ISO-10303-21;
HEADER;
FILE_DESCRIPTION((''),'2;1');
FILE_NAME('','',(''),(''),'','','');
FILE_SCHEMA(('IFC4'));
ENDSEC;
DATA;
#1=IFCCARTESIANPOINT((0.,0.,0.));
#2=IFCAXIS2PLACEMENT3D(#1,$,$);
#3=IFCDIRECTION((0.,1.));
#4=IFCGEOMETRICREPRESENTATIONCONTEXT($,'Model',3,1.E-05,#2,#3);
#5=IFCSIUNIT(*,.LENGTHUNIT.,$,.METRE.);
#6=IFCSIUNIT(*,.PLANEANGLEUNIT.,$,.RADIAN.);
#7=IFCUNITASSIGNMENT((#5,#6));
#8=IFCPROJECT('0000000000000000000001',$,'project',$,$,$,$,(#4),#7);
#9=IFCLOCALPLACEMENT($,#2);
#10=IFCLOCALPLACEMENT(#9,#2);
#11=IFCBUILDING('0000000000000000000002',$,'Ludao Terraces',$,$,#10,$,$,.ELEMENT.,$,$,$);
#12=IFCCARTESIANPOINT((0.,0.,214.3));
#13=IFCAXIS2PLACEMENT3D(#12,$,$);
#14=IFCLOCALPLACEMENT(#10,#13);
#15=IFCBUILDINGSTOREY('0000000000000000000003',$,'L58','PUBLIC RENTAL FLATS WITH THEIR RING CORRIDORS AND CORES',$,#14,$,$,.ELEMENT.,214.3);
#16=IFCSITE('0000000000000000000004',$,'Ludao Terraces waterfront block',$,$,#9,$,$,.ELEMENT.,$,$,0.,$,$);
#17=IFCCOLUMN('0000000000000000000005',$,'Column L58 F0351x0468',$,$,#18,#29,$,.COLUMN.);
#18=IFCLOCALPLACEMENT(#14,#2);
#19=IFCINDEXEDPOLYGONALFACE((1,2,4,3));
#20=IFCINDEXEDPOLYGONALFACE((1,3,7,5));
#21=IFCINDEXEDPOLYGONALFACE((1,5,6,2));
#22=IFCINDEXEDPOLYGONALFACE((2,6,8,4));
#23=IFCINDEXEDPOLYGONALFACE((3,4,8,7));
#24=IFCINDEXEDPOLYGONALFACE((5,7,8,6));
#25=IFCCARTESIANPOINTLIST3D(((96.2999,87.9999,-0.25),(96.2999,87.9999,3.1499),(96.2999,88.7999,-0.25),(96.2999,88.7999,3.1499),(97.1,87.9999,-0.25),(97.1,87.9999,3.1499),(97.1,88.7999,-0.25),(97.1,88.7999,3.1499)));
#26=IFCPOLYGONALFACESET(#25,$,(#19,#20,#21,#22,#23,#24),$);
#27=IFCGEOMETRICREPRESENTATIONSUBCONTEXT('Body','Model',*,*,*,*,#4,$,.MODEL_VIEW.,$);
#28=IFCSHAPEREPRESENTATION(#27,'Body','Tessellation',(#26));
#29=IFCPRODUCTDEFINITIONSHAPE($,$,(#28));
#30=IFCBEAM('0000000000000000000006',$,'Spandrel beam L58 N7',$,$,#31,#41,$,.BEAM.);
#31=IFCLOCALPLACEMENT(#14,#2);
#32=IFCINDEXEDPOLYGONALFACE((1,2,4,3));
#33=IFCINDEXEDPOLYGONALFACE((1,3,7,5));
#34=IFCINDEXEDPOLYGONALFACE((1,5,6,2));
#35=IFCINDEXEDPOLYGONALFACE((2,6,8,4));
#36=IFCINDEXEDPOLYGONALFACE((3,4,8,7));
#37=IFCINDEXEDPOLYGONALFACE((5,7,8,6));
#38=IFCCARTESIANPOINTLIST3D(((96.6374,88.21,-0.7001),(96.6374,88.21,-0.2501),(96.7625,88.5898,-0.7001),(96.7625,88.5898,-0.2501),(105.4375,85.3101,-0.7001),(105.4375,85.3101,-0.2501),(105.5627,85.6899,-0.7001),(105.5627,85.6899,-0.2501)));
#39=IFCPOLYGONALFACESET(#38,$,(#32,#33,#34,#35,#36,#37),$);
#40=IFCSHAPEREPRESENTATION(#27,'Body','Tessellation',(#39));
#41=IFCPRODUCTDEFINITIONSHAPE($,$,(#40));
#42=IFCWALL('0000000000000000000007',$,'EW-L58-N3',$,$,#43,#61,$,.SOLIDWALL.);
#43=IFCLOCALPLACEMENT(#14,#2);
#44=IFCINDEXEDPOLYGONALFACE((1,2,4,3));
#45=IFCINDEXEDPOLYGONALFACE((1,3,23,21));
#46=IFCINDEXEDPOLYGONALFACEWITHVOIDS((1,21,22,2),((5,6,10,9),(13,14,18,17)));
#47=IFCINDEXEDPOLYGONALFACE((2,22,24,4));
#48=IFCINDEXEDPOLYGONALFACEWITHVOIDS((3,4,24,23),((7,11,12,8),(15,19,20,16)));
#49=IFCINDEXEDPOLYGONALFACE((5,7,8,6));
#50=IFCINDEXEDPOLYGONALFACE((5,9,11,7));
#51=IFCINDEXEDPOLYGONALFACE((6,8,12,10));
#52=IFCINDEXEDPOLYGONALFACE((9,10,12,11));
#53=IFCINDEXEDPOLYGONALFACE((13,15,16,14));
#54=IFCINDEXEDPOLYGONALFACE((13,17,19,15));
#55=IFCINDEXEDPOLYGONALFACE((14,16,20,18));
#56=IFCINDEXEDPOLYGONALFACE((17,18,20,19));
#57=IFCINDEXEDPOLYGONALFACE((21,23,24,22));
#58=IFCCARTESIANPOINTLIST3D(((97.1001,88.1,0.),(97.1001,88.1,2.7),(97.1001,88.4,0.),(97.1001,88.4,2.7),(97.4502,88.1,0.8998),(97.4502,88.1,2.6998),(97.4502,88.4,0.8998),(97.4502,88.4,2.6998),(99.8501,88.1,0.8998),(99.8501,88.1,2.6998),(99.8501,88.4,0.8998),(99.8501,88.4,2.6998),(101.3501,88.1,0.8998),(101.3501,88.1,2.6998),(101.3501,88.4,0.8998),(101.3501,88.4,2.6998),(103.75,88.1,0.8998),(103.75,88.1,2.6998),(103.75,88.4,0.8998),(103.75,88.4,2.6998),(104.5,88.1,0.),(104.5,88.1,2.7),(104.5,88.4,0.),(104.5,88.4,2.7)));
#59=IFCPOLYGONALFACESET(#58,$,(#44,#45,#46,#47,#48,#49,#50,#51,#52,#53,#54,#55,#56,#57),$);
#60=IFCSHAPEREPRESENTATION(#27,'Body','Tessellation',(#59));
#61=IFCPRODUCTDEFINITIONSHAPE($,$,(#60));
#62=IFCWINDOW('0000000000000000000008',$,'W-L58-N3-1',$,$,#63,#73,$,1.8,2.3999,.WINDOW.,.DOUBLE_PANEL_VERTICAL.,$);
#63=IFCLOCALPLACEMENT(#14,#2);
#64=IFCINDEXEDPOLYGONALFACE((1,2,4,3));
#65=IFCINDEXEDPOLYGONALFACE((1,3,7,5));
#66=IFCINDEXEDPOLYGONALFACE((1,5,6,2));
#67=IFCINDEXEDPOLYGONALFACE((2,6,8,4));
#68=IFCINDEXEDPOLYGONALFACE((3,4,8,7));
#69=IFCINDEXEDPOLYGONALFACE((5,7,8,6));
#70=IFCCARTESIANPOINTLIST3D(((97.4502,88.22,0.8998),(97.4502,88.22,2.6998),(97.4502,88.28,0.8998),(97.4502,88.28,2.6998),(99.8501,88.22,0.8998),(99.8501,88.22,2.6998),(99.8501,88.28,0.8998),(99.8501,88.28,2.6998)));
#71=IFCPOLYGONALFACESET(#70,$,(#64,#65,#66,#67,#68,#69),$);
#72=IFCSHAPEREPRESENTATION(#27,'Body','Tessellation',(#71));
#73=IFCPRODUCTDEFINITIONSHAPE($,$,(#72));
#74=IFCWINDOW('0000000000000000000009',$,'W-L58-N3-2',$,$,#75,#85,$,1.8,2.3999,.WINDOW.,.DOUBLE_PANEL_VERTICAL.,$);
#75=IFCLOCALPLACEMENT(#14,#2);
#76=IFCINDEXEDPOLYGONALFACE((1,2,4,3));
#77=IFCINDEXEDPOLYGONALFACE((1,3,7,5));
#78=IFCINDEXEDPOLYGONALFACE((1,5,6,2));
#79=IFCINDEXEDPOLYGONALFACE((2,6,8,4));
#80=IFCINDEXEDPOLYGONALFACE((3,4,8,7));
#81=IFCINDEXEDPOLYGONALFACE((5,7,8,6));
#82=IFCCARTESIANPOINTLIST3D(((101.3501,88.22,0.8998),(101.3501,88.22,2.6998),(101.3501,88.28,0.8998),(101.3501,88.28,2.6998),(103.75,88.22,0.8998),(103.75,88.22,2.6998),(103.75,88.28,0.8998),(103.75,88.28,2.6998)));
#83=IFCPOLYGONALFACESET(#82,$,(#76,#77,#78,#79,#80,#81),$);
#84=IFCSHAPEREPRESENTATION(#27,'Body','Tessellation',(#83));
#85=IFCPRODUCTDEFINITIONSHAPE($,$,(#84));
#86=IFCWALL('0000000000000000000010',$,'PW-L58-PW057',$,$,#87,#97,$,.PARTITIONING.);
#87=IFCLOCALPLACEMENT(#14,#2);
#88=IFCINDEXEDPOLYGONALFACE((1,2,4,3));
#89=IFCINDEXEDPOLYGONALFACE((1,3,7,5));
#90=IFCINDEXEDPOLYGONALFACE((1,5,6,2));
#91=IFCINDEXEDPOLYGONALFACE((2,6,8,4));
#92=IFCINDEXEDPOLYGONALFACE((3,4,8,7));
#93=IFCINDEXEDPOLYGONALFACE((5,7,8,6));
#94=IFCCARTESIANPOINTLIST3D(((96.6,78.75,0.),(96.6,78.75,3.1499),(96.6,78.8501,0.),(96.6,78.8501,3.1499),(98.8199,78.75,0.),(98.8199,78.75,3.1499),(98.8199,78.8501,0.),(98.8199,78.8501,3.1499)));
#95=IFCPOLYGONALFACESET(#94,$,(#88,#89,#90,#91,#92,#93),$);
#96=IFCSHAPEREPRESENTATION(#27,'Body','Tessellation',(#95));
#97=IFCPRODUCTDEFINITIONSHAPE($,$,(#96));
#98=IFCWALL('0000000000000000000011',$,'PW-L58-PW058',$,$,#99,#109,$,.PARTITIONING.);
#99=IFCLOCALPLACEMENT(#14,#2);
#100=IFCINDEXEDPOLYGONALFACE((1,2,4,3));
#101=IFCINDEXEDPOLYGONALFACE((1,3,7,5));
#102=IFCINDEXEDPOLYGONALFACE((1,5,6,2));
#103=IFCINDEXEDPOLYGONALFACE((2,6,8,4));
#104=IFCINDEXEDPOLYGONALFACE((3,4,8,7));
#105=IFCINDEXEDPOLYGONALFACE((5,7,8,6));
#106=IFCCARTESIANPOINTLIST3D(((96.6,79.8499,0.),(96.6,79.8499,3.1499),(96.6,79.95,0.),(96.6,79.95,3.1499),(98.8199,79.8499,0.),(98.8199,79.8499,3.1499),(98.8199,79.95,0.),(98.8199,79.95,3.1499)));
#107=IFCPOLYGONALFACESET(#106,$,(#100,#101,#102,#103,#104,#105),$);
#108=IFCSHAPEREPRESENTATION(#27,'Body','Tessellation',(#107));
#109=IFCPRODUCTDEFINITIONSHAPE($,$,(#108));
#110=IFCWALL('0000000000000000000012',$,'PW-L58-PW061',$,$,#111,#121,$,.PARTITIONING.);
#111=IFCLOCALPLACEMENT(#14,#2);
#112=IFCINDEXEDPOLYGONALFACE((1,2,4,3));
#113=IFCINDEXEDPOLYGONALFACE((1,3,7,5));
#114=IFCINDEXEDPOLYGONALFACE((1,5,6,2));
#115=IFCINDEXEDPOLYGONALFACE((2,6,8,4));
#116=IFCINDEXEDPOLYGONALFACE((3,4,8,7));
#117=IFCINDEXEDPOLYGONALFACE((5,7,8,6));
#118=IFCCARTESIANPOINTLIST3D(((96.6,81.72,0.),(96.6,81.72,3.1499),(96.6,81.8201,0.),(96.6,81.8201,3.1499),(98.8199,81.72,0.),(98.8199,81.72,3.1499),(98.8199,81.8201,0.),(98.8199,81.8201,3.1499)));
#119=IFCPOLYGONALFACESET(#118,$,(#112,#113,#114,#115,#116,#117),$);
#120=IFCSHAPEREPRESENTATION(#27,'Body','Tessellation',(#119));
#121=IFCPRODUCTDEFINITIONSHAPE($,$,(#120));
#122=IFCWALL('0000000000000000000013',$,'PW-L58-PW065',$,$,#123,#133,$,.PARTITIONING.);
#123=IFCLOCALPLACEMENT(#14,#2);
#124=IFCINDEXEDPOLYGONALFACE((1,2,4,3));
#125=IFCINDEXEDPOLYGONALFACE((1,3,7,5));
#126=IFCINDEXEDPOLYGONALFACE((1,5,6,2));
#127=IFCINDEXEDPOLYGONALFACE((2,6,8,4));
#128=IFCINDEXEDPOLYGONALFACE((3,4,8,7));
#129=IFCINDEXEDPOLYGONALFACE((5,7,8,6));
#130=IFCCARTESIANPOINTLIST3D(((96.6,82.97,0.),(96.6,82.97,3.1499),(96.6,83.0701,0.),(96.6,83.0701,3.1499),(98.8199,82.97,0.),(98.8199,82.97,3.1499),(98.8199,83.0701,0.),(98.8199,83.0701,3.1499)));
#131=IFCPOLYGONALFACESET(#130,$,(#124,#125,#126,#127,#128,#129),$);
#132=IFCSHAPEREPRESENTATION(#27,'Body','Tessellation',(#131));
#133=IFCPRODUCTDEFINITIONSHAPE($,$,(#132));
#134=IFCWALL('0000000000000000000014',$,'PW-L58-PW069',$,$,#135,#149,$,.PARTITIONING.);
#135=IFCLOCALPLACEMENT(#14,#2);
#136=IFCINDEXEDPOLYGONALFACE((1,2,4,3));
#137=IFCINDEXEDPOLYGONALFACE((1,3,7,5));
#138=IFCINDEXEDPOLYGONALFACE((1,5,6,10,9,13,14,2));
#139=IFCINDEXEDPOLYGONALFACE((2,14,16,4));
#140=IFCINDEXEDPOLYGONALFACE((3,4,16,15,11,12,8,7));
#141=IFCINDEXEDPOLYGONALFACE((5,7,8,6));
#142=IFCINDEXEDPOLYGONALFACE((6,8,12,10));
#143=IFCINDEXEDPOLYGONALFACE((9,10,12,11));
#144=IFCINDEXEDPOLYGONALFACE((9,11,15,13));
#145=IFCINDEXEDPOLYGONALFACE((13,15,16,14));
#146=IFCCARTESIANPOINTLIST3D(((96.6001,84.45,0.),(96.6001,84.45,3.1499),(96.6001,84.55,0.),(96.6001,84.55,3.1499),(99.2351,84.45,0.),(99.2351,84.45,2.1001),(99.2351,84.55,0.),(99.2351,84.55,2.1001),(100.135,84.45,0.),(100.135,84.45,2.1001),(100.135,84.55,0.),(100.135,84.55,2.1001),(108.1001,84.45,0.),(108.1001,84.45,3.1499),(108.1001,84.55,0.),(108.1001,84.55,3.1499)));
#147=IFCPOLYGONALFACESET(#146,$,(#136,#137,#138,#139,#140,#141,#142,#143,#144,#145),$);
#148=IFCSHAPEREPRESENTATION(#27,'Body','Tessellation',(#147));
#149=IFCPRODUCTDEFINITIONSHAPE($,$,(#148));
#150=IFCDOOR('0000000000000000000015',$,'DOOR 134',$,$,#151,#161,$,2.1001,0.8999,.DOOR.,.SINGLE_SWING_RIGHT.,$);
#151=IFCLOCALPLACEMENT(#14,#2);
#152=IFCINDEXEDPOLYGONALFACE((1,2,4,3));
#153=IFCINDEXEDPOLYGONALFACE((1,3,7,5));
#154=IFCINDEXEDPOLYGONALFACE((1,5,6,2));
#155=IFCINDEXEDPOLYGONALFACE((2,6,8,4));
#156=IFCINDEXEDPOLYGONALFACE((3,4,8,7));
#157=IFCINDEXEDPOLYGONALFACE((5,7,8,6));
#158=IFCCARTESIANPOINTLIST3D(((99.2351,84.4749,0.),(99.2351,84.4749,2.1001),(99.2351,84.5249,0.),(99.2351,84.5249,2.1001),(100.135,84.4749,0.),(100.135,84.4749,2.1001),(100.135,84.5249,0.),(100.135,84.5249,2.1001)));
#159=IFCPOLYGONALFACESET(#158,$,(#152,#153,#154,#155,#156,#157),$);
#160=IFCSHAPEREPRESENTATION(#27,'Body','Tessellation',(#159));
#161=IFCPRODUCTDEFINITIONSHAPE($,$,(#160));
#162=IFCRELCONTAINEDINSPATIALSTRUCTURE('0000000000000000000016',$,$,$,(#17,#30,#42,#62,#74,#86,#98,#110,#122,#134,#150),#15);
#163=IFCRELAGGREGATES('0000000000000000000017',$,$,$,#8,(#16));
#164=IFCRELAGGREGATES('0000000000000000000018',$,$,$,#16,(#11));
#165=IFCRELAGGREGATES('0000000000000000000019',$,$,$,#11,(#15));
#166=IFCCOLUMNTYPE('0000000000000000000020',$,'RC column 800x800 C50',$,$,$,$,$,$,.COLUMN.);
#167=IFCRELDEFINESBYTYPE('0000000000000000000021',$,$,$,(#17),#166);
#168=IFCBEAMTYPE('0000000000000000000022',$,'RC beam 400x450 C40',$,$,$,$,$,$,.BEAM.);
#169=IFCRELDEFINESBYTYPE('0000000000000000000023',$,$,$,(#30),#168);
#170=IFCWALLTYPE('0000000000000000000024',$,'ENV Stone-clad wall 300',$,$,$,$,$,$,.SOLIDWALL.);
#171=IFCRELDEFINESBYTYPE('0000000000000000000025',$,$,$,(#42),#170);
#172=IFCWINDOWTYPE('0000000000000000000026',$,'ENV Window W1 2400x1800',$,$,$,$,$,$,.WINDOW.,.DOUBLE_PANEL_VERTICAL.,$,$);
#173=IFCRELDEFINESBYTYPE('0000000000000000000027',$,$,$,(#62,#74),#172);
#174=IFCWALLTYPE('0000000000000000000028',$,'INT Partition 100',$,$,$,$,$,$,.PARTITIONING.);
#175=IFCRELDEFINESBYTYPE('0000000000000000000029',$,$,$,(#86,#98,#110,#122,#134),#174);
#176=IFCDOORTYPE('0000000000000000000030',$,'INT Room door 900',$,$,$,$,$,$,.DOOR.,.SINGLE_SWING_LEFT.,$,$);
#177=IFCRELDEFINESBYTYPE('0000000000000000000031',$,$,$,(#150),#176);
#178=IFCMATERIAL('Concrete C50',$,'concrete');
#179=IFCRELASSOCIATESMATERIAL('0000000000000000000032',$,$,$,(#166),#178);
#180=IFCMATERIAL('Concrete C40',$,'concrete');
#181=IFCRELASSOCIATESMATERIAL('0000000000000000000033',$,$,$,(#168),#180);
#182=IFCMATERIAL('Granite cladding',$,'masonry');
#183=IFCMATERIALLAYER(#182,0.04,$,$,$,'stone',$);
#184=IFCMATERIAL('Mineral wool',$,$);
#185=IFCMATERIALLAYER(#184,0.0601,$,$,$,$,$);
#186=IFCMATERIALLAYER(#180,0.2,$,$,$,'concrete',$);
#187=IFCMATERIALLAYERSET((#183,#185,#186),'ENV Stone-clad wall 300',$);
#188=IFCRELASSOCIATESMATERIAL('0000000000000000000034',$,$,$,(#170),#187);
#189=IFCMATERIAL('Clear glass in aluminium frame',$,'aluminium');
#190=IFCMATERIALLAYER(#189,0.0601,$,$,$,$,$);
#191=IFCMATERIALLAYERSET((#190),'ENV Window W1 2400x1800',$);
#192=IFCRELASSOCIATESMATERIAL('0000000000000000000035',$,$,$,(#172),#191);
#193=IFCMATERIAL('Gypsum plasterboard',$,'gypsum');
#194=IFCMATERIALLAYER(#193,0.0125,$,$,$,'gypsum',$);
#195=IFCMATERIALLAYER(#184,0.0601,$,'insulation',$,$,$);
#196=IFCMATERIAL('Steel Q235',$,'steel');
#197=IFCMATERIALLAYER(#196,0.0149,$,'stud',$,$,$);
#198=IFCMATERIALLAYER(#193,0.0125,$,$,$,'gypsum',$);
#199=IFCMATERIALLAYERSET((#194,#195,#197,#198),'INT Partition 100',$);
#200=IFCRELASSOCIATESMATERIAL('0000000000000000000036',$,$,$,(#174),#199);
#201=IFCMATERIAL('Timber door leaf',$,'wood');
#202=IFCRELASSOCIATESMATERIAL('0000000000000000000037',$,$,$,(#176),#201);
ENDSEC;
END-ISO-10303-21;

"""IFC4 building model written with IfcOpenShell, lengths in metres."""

from ifc_helpers import new_model, si_unit, direction, frame, frame_2d, origin, origin_2d, place, context, subcontext, project, spatial, rectangle, extrude, material, layer, layer_set, material_profile, profile_set, type_object, element, fill, save


model = new_model("IFC4")

# Units and contexts
model_context = context("Model", 3, precision=1e-05, world=origin(), true_north=direction((0.0, 1.0)))
body_context = subcontext(model_context, "Body", "Model", "MODEL_VIEW")
ifc_project = project(units=[si_unit("LENGTHUNIT", "METRE"), si_unit("PLANEANGLEUNIT", "RADIAN")], contexts=[model_context])

# Site, building, storey
site_placement = place(None, origin())
site = spatial("IfcSite", under=ifc_project, at=site_placement, Name="Ludao Terraces waterfront block", CompositionType="ELEMENT", RefElevation=0.0)
building_placement = place(site_placement, origin())
building = spatial("IfcBuilding", under=site, at=building_placement, Name="Ludao Terraces", CompositionType="ELEMENT")
storey_placement = place(building_placement, frame((0.0, 0.0, 214.3)))
storey = spatial("IfcBuildingStorey", under=building, at=storey_placement, Name="L58", Description="PUBLIC RENTAL FLATS WITH THEIR RING CORRIDORS AND CORES", CompositionType="ELEMENT", Elevation=214.3)

# Column
ifc_material_1 = material(Name="Concrete C50", Category="concrete")
ifc_material_profile_1 = material_profile(ifc_material_1, rectangle(XDim=0.8, YDim=0.8, at=origin_2d()), Name="800 X 800")
ifc_profile_set_1 = profile_set([ifc_material_profile_1], Name="Concrete C50")
column_type = type_object("IfcColumnType", Name="RC column 800x800 C50", PredefinedType="COLUMN", material=ifc_profile_set_1)
column_placement = place(storey_placement, frame((96.7, 88.3999, -0.25), z_axis=(0.0, 0.0, 1.0), x_axis=(1.0, 0.0, 0.0)))
element("IfcColumn", 1, at=column_placement, inside=storey, type_object=column_type, Name="Column L58 F0351x0468", PredefinedType="COLUMN", context=body_context, shape_type="SweptSolid", body=[
    extrude(rectangle(XDim=0.8, YDim=0.8, at=origin_2d()), origin(), (0.0, 0.0, 1.0), 3.3999),
])

# Beam
ifc_material_2 = material(Name="Concrete C40", Category="concrete")
ifc_material_profile_2 = material_profile(ifc_material_2, rectangle(XDim=0.3999, YDim=0.45, at=origin_2d()), Name="400 X 450")
ifc_profile_set_2 = profile_set([ifc_material_profile_2], Name="Concrete C40")
beam_type = type_object("IfcBeamType", Name="RC beam 400x450 C40", PredefinedType="BEAM", material=ifc_profile_set_2)
beam_placement = place(storey_placement, frame((96.7, 88.3999, -0.4751), z_axis=(0.949761, -0.312977, 0.0), x_axis=(0.312977, 0.949761, 0.0)))
element("IfcBeam", 2, at=beam_placement, inside=storey, type_object=beam_type, Name="Spandrel beam L58 N7", PredefinedType="BEAM", context=body_context, shape_type="SweptSolid", body=[
    extrude(rectangle(XDim=0.3999, YDim=0.45, at=origin_2d()), origin(), (0.0, 0.0, 1.0), 9.2656),
])

# Wall, openings, windows
ifc_material_3 = material(Name="Granite cladding", Category="masonry")
ifc_layer_1 = layer(ifc_material_3, 0.04, Category="stone")
ifc_material_4 = material(Name="Mineral wool")
ifc_layer_2 = layer(ifc_material_4, 0.0601)
ifc_layer_3 = layer(ifc_material_2, 0.2, Category="concrete")
ifc_layer_set_1 = layer_set([ifc_layer_1, ifc_layer_2, ifc_layer_3], Name="ENV Stone-clad wall 300")
wall_type_1 = type_object("IfcWallType", Name="ENV Stone-clad wall 300", PredefinedType="SOLIDWALL", material=ifc_layer_set_1)
wall_1_placement = place(storey_placement, frame((97.1001, 88.25, 0.0), z_axis=(0.0, 0.0, 1.0), x_axis=(1.0, 0.0, 0.0)))
wall_1 = element("IfcWall", 3, at=wall_1_placement, inside=storey, type_object=wall_type_1, Name="EW-L58-N3", PredefinedType="SOLIDWALL", context=body_context, shape_type="SweptSolid", body=[
    extrude(rectangle(XDim=7.3999, YDim=0.3, at=frame_2d((3.7, 0.0))), origin(), (0.0, 0.0, 1.0), 2.7),
])
opening_1_placement = place(wall_1_placement, frame((0.3501, 0.0, 0.8999)))
opening_1 = element("IfcOpeningElement", 4, at=opening_1_placement, cuts=wall_1, PredefinedType="OPENING", context=body_context, shape_type="SweptSolid", body=[
    extrude(rectangle(XDim=2.3999, YDim=1.8, at=frame_2d((1.2, 0.8999))), frame((0.0, 0.1602, 0.0), z_axis=(0.0, -1.0, 0.0), x_axis=(1.0, 0.0, 0.0)), (0.0, 0.0, 1.0), 0.3201),
])
opening_2_placement = place(wall_1_placement, frame((4.25, 0.0, 0.8999)))
opening_2 = element("IfcOpeningElement", 5, at=opening_2_placement, cuts=wall_1, PredefinedType="OPENING", context=body_context, shape_type="SweptSolid", body=[
    extrude(rectangle(XDim=2.3999, YDim=1.8, at=frame_2d((1.2, 0.8999))), frame((0.0, 0.1602, 0.0), z_axis=(0.0, -1.0, 0.0), x_axis=(1.0, 0.0, 0.0)), (0.0, 0.0, 1.0), 0.3201),
])
ifc_material_5 = material(Name="Clear glass in aluminium frame", Category="aluminium")
ifc_layer_4 = layer(ifc_material_5, 0.0601)
ifc_layer_set_2 = layer_set([ifc_layer_4], Name="ENV Window W1 2400x1800")
window_type = type_object("IfcWindowType", Name="ENV Window W1 2400x1800", PartitioningType="DOUBLE_PANEL_VERTICAL", PredefinedType="WINDOW", material=ifc_layer_set_2)
window_1_placement = place(opening_1_placement, origin())
window_1 = element("IfcWindow", 6, at=window_1_placement, inside=storey, type_object=window_type, Name="W-L58-N3-1", OverallHeight=1.8, OverallWidth=2.3999, PartitioningType="DOUBLE_PANEL_VERTICAL", PredefinedType="WINDOW", context=body_context, shape_type="SweptSolid", body=[
    extrude(rectangle(XDim=2.3999, YDim=1.8, at=frame_2d((1.2, 0.8999))), frame((0.0, 0.03, 0.0), z_axis=(0.0, -1.0, 0.0), x_axis=(1.0, 0.0, 0.0)), (0.0, 0.0, 1.0), 0.0601),
])
fill(opening_1, window_1)
window_2_placement = place(opening_2_placement, origin())
window_2 = element("IfcWindow", 7, at=window_2_placement, inside=storey, type_object=window_type, Name="W-L58-N3-2", OverallHeight=1.8, OverallWidth=2.3999, PartitioningType="DOUBLE_PANEL_VERTICAL", PredefinedType="WINDOW", context=body_context, shape_type="SweptSolid", body=[
    extrude(rectangle(XDim=2.3999, YDim=1.8, at=frame_2d((1.2, 0.8999))), frame((0.0, 0.03, 0.0), z_axis=(0.0, -1.0, 0.0), x_axis=(1.0, 0.0, 0.0)), (0.0, 0.0, 1.0), 0.0601),
])
fill(opening_2, window_2)

# Walls
ifc_material_6 = material(Name="Gypsum plasterboard", Category="gypsum")
ifc_layer_5 = layer(ifc_material_6, 0.0125, Category="gypsum")
ifc_layer_6 = layer(ifc_material_4, 0.0601, Name="insulation")
ifc_material_7 = material(Name="Steel Q235", Category="steel")
ifc_layer_7 = layer(ifc_material_7, 0.0149, Name="stud")
ifc_layer_8 = layer(ifc_material_6, 0.0125, Category="gypsum")
ifc_layer_set_3 = layer_set([ifc_layer_5, ifc_layer_6, ifc_layer_7, ifc_layer_8], Name="INT Partition 100")
wall_type_2 = type_object("IfcWallType", Name="INT Partition 100", PredefinedType="PARTITIONING", material=ifc_layer_set_3)
for number, where, z_axis, x_axis, name in (
    (8, (96.6001, 78.8, 0.0), (0.0, 0.0, 1.0), (1.0, 0.0, 0.0), "PW-L58-PW057"),
    (9, (96.6001, 79.8999, 0.0), (0.0, 0.0, 1.0), (1.0, 0.0, 0.0), "PW-L58-PW058"),
    (10, (96.6001, 81.77, 0.0), (0.0, 0.0, 1.0), (1.0, 0.0, 0.0), "PW-L58-PW061"),
    (11, (96.6001, 83.02, 0.0), (0.0, 0.0, 1.0), (1.0, 0.0, 0.0), "PW-L58-PW065"),
):
    element("IfcWall", number, at=place(storey_placement, frame(where, z_axis=z_axis, x_axis=x_axis)), inside=storey, type_object=wall_type_2, Name=name, PredefinedType="PARTITIONING", context=body_context, shape_type="SweptSolid", body=[
        extrude(rectangle(XDim=2.22, YDim=0.1001, at=frame_2d((1.1099, 0.0))), origin(), (0.0, 0.0, 1.0), 3.1499),
    ])

# Wall, opening, door
wall_2_placement = place(storey_placement, frame((96.6001, 84.5, 0.0), z_axis=(0.0, 0.0, 1.0), x_axis=(1.0, 0.0, 0.0)))
wall_2 = element("IfcWall", 12, at=wall_2_placement, inside=storey, type_object=wall_type_2, Name="PW-L58-PW069", PredefinedType="PARTITIONING", context=body_context, shape_type="SweptSolid", body=[
    extrude(rectangle(XDim=11.5, YDim=0.1001, at=frame_2d((5.75, 0.0))), origin(), (0.0, 0.0, 1.0), 3.1499),
])
opening_3_placement = place(wall_2_placement, frame((2.635, 0.0, 0.0)))
opening_3 = element("IfcOpeningElement", 13, at=opening_3_placement, cuts=wall_2, PredefinedType="OPENING", context=body_context, shape_type="SweptSolid", body=[
    extrude(rectangle(XDim=0.8999, YDim=2.1001, at=frame_2d((0.45, 1.05))), frame((0.0, 0.0601, 0.0), z_axis=(0.0, -1.0, 0.0), x_axis=(1.0, 0.0, 0.0)), (0.0, 0.0, 1.0), 0.1201),
])
ifc_material_8 = material(Name="Timber door leaf", Category="wood")
door_type_1 = type_object("IfcDoorType", Name="INT Room door 900", OperationType="SINGLE_SWING_LEFT", PredefinedType="DOOR", material=ifc_material_8)
door_1_placement = place(opening_3_placement, origin())
door_1 = element("IfcDoor", 14, at=door_1_placement, inside=storey, type_object=door_type_1, Name="DOOR 134", OperationType="SINGLE_SWING_RIGHT", OverallHeight=2.1001, OverallWidth=0.8999, PredefinedType="DOOR", context=body_context, shape_type="SweptSolid", body=[
    extrude(rectangle(XDim=0.8999, YDim=2.1001, at=frame_2d((0.45, 1.05))), frame((0.0, 0.0249, 0.0), z_axis=(0.0, -1.0, 0.0), x_axis=(1.0, 0.0, 0.0)), (0.0, 0.0, 1.0), 0.05),
])
fill(opening_3, door_1)

save(model, "model.ifc")
